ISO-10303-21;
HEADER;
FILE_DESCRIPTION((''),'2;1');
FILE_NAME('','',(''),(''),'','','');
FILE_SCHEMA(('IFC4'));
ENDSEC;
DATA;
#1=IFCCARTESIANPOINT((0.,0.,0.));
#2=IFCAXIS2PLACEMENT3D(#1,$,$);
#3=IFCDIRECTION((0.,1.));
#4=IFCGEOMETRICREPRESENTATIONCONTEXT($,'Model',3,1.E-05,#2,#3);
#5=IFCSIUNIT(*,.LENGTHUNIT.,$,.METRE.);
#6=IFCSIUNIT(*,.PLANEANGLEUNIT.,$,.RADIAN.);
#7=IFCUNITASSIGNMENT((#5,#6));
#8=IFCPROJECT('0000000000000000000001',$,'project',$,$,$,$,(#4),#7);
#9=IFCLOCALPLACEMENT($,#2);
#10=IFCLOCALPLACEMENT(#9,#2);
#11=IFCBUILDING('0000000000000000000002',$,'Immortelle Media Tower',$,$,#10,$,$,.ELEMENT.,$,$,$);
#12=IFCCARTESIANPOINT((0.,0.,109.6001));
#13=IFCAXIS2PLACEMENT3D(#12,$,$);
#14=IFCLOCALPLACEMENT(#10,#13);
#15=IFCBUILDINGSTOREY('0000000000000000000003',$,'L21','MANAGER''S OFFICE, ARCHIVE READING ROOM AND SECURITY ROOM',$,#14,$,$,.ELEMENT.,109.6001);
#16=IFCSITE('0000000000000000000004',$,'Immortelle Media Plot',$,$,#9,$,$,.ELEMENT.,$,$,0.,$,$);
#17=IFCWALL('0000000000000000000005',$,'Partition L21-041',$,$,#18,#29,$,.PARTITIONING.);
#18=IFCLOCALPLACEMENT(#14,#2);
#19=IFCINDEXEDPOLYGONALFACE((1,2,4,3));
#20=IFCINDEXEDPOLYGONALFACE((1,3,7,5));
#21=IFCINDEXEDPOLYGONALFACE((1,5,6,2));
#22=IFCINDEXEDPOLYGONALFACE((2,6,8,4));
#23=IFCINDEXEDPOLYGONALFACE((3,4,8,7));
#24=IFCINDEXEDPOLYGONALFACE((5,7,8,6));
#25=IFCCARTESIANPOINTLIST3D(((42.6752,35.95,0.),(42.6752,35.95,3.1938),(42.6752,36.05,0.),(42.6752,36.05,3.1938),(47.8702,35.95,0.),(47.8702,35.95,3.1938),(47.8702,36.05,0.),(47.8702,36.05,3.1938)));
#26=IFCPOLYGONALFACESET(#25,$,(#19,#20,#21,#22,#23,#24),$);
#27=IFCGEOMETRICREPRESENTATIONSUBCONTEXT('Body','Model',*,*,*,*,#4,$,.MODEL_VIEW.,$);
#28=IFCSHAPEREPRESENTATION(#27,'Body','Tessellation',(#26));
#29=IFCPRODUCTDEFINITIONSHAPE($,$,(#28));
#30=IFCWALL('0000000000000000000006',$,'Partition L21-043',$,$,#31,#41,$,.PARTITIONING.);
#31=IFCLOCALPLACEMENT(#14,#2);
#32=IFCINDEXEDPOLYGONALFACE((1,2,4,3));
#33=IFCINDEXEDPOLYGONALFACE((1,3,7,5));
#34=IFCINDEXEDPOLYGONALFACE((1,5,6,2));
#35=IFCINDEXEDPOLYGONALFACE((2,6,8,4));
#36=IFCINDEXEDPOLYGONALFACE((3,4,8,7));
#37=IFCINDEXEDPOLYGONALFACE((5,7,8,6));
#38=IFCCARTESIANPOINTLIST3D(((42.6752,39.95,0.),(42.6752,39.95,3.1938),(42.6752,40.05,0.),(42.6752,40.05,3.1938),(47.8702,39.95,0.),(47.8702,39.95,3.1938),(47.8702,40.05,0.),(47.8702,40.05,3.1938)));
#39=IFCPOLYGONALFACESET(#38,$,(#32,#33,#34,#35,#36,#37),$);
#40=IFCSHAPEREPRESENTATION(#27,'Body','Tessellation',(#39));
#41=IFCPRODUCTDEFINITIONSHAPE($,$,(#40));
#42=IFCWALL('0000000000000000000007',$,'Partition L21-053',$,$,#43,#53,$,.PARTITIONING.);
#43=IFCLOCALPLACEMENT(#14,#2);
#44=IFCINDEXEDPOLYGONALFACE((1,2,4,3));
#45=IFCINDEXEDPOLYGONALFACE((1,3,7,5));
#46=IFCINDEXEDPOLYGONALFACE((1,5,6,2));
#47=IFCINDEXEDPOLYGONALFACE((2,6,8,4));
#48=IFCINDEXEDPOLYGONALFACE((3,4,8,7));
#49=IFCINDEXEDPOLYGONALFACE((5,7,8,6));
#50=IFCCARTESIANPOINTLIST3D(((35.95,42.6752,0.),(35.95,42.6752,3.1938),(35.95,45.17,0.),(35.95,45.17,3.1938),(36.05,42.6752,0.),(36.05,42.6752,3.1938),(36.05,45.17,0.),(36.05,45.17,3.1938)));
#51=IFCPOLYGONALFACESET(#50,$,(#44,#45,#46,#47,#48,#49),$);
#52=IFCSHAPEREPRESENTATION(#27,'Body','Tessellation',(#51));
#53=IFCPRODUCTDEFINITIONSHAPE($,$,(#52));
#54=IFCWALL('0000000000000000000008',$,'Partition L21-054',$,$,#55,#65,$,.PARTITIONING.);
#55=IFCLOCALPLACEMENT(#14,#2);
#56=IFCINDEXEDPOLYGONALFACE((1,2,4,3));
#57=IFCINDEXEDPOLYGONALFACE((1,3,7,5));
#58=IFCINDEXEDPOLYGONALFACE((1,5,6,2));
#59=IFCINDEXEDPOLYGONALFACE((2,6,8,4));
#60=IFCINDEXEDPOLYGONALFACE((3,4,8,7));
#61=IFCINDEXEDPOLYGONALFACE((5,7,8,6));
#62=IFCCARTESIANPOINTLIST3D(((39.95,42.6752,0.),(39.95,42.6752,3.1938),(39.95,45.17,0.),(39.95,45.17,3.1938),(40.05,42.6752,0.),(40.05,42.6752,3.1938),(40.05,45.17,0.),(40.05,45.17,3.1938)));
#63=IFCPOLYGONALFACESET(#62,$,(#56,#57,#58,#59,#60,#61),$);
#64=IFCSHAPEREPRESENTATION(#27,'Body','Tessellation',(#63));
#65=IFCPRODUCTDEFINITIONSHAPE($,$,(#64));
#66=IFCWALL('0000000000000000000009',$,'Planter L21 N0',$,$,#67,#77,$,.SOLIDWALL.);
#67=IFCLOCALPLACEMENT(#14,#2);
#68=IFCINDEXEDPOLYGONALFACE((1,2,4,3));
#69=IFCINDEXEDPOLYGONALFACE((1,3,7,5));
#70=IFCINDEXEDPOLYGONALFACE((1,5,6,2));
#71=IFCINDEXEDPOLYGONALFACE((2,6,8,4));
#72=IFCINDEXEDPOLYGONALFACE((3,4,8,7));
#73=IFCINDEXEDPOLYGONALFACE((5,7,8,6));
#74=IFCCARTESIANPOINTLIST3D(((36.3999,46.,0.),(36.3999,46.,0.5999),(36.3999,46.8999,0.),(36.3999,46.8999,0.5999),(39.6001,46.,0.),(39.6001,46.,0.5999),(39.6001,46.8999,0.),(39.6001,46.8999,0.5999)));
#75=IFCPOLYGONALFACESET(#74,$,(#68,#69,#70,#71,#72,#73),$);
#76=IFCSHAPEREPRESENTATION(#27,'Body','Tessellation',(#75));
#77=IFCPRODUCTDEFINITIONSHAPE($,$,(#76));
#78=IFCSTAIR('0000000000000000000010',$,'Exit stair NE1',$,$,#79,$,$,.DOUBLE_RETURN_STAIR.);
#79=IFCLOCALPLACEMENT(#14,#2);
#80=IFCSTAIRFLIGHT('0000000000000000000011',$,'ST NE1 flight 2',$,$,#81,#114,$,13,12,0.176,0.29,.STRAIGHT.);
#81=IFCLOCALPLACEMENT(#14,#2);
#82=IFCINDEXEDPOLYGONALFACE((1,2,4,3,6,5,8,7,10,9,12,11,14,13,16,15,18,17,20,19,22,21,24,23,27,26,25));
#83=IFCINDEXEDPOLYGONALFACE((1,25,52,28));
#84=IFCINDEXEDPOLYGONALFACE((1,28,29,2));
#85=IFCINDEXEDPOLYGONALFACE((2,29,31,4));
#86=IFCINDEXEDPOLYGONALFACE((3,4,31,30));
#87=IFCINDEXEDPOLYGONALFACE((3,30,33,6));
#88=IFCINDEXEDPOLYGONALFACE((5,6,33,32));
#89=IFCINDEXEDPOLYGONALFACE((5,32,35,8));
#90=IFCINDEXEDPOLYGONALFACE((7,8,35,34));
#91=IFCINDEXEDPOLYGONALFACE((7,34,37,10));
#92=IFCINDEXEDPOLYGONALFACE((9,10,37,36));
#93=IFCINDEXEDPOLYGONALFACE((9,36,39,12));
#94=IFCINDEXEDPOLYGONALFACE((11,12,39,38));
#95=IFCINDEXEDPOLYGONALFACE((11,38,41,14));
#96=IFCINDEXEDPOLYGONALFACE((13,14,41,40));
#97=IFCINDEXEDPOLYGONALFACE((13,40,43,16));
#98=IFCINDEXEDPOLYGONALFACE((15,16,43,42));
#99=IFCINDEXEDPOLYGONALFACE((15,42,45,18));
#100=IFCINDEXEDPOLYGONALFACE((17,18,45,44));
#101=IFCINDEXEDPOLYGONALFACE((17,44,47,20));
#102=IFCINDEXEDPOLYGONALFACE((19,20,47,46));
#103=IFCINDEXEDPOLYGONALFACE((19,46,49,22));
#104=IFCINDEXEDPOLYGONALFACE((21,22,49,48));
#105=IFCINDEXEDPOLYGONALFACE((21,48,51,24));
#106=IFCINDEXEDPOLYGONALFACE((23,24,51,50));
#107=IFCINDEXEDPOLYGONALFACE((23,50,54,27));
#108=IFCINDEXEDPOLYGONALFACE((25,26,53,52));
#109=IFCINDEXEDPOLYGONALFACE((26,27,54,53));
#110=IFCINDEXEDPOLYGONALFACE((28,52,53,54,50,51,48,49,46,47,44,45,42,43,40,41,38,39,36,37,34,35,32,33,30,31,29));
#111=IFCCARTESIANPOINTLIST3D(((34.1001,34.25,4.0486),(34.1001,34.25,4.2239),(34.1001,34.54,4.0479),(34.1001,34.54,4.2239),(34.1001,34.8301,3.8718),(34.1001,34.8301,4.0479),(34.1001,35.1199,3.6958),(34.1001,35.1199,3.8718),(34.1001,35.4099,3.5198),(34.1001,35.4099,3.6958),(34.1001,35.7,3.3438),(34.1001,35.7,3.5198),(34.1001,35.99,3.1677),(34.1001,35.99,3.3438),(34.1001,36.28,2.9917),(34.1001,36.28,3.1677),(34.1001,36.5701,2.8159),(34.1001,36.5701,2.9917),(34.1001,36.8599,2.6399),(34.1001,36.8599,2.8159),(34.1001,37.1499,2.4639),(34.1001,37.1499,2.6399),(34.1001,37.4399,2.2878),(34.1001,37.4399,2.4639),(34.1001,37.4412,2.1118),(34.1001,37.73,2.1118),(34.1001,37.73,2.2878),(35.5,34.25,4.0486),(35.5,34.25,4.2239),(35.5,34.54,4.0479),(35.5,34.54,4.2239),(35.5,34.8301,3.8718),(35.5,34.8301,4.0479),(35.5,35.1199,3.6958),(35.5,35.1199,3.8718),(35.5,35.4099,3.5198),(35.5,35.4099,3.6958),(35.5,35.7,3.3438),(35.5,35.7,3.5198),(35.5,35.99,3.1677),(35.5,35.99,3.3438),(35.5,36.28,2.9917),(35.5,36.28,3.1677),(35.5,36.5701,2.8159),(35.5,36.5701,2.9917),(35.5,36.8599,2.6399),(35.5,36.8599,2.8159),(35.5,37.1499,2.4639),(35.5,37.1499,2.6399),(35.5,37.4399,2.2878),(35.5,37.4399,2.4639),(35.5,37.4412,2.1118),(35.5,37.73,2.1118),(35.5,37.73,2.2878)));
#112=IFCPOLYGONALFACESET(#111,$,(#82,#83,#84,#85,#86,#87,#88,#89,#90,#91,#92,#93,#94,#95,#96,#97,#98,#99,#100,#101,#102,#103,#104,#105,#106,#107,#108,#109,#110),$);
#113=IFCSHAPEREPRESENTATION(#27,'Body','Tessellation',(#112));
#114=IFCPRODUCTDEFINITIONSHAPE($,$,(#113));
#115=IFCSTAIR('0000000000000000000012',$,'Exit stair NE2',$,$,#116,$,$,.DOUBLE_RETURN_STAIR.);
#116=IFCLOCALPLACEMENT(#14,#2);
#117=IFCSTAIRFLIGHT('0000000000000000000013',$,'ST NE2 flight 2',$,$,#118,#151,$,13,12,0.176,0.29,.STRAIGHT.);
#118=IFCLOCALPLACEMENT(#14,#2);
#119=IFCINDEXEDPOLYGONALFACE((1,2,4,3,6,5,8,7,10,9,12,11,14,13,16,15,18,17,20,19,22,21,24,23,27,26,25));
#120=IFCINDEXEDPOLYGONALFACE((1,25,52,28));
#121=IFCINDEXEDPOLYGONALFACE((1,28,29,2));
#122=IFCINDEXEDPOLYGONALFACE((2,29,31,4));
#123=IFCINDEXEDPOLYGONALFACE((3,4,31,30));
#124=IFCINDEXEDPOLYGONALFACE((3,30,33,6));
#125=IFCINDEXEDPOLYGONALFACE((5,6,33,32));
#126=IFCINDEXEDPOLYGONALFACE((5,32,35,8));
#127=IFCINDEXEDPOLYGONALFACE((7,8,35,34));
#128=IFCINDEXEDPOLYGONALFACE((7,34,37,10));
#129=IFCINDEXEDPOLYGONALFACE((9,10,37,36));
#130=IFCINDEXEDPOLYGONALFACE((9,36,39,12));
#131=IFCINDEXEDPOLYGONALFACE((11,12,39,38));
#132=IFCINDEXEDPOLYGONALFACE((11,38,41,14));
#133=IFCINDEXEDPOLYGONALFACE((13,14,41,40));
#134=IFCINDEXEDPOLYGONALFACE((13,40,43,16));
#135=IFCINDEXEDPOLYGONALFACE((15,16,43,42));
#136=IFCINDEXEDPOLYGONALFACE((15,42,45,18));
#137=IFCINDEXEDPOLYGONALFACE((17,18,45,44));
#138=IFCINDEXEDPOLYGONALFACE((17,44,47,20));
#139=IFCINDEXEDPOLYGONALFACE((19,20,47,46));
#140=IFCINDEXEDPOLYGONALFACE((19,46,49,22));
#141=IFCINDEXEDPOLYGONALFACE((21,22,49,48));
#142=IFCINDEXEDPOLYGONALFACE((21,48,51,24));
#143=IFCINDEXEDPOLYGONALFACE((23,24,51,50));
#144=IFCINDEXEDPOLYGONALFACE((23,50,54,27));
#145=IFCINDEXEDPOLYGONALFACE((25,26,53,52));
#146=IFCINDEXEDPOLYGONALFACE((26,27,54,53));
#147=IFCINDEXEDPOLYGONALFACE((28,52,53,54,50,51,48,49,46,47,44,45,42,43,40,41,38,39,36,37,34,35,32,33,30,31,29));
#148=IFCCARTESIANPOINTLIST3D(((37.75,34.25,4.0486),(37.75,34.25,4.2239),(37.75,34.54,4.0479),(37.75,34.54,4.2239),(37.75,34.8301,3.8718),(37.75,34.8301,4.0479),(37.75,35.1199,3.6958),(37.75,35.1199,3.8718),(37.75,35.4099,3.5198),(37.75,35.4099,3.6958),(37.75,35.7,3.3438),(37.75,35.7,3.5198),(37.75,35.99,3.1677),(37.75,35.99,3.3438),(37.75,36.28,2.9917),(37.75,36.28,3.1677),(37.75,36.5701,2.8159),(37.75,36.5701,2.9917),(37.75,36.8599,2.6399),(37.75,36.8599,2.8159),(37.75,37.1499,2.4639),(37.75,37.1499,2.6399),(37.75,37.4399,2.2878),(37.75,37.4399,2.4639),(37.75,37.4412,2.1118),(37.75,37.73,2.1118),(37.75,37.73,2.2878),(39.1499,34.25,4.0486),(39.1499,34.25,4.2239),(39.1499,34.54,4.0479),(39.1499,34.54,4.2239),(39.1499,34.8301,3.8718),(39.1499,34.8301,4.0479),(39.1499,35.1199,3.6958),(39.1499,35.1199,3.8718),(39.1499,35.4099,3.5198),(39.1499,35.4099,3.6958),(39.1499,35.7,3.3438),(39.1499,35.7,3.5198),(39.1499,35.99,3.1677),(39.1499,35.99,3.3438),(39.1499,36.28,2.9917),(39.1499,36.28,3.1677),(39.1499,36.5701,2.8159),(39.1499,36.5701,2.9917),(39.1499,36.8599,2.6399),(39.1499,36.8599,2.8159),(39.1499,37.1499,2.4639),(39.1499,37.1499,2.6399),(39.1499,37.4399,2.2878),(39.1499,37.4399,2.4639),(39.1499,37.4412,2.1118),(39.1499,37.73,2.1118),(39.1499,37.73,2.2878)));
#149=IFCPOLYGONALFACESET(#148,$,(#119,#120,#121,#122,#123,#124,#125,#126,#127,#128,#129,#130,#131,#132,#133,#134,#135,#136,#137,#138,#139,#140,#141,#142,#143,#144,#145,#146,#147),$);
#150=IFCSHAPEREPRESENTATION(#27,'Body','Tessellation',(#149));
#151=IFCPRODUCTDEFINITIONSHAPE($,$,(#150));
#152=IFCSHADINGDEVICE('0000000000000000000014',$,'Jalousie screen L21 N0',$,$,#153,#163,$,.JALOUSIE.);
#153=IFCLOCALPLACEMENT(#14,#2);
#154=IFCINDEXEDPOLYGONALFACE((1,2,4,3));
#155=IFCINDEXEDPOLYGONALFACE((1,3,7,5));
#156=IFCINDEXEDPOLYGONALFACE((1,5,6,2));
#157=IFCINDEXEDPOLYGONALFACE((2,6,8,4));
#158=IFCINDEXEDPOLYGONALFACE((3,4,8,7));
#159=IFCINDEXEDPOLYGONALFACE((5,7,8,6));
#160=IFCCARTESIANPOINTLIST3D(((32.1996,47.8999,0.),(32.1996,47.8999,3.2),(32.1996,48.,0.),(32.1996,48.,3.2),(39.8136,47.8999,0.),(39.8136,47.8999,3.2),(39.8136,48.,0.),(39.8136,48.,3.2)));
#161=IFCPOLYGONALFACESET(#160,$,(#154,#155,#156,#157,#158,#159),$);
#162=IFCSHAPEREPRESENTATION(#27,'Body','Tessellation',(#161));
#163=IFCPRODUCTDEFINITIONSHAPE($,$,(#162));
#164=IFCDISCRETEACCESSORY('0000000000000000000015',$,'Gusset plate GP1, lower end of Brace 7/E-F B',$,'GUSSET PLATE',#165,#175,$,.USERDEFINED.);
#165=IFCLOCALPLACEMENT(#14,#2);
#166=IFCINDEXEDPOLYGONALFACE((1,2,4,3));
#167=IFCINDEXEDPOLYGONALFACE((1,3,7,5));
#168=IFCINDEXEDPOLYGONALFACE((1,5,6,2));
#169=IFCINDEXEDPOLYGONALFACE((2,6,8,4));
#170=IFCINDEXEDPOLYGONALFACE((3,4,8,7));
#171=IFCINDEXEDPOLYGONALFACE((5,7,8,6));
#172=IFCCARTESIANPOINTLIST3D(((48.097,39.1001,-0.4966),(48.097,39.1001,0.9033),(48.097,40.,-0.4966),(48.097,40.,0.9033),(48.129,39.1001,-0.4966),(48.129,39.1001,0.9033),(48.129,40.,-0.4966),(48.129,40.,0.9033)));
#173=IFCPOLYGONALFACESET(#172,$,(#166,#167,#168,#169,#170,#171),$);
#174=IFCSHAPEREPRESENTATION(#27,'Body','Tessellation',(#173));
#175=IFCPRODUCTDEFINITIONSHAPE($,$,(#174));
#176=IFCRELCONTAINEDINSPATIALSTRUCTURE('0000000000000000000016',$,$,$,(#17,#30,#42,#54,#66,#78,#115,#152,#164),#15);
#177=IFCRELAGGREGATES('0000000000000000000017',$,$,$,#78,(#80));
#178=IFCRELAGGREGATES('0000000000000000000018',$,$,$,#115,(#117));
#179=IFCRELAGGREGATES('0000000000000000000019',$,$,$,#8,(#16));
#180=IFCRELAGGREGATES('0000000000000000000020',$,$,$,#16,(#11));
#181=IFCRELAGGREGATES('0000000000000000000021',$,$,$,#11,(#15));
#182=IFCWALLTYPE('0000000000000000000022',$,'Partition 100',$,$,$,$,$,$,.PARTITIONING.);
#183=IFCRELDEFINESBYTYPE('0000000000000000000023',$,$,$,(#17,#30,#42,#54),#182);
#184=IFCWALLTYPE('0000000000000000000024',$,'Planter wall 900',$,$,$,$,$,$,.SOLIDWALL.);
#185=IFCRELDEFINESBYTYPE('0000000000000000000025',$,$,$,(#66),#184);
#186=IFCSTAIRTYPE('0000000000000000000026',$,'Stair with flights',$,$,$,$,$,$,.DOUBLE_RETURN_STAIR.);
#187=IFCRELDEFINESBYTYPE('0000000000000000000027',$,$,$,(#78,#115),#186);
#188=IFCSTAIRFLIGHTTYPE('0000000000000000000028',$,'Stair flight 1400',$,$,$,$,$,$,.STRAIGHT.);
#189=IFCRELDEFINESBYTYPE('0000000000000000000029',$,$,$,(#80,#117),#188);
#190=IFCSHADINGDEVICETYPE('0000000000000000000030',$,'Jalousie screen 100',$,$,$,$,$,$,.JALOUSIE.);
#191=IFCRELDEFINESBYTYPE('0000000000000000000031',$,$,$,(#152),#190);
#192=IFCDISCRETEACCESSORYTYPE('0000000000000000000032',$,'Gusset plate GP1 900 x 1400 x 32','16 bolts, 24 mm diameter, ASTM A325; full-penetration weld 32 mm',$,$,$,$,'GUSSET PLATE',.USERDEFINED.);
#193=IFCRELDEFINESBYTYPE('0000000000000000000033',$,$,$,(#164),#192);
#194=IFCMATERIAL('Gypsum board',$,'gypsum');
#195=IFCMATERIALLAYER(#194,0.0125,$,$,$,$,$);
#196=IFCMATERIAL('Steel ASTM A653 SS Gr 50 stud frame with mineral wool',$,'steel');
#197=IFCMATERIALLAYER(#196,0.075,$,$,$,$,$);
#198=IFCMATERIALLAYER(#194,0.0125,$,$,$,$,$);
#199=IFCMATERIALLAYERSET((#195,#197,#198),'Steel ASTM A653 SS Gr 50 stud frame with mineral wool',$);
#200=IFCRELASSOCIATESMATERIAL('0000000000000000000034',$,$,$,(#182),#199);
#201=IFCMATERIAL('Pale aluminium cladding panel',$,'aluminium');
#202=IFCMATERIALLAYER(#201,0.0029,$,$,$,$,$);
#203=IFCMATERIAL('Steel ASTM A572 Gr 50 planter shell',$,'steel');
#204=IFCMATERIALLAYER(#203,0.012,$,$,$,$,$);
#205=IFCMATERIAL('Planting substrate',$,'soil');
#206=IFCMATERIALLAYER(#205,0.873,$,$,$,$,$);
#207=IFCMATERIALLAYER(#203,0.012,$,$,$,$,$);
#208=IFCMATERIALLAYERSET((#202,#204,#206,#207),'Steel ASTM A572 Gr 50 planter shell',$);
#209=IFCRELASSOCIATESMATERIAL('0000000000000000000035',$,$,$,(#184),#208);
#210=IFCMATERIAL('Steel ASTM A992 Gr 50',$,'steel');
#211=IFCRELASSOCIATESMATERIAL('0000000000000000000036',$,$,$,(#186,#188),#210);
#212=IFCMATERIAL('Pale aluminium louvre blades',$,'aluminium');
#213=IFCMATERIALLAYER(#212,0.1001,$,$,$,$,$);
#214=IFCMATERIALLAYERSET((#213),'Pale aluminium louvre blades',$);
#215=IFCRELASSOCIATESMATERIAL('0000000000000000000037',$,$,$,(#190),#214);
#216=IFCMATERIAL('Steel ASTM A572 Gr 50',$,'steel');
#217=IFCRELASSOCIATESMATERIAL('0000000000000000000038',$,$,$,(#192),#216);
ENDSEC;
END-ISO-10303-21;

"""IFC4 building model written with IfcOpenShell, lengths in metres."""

from ifc_helpers import new_model, si_unit, direction, frame, frame_2d, origin, origin_2d, place, context, subcontext, project, spatial, polyline, rectangle, outline, extrude, material, layer, layer_set, material_profile, profile_set, type_object, element, aggregate, save


model = new_model("IFC4")

# Units and contexts
model_context = context("Model", 3, precision=1e-05, world=origin(), true_north=direction((0.0, 1.0)))
body_context = subcontext(model_context, "Body", "Model", "MODEL_VIEW")
ifc_project = project(units=[si_unit("LENGTHUNIT", "METRE"), si_unit("PLANEANGLEUNIT", "RADIAN")], contexts=[model_context])

# Site, building, storey
site_placement = place(None, origin())
site = spatial("IfcSite", under=ifc_project, at=site_placement, Name="Immortelle Media Plot", CompositionType="ELEMENT", RefElevation=0.0)
building_placement = place(site_placement, origin())
building = spatial("IfcBuilding", under=site, at=building_placement, Name="Immortelle Media Tower", CompositionType="ELEMENT")
storey_placement = place(building_placement, frame((0.0, 0.0, 109.6001)))
storey = spatial("IfcBuildingStorey", under=building, at=storey_placement, Name="L21", Description="MANAGER'S OFFICE, ARCHIVE READING ROOM AND SECURITY ROOM", CompositionType="ELEMENT", Elevation=109.6001)

# Shared definitions
ifc_material_1 = material(Name="Steel ASTM A992 Gr 50", Category="steel")

# Shared definitions
ifc_material_2 = material(Name="Pale aluminium cladding panel", Category="aluminium")
ifc_material_3 = material(Name="Steel ASTM A653 SS Gr 50 stud frame with mineral wool", Category="steel")

# Walls
ifc_material_4 = material(Name="Gypsum board", Category="gypsum")
ifc_layer_1 = layer(ifc_material_4, 0.0125)
ifc_layer_2 = layer(ifc_material_3, 0.075)
ifc_layer_3 = layer(ifc_material_4, 0.0125)
ifc_layer_set_1 = layer_set([ifc_layer_1, ifc_layer_2, ifc_layer_3], Name="Steel ASTM A653 SS Gr 50 stud frame with mineral wool")
wall_type_1 = type_object("IfcWallType", Name="Partition 100", PredefinedType="PARTITIONING", material=ifc_layer_set_1)
for number, where, z_axis, x_axis, name in (
    (1, (42.675, 36.0, 0.0), (0.0, 0.0, 1.0), (1.0, 0.0, 0.0), "Partition L21-041"),
    (2, (42.675, 40.0, 0.0), (0.0, 0.0, 1.0), (1.0, 0.0, 0.0), "Partition L21-043"),
):
    element("IfcWall", number, at=place(storey_placement, frame(where, z_axis=z_axis, x_axis=x_axis)), inside=storey, type_object=wall_type_1, Name=name, PredefinedType="PARTITIONING", context=body_context, shape_type="SweptSolid", body=[
        extrude(rectangle(XDim=5.1951, YDim=0.1001, at=frame_2d((2.5977, 0.0))), origin(), (0.0, 0.0, 1.0), 3.1938),
    ])
for number, where, z_axis, x_axis, name in (
    (3, (36.0, 42.675, 0.0), (0.0, 0.0, 1.0), (0.0, 1.0, 0.0), "Partition L21-053"),
    (4, (40.0, 42.675, 0.0), (0.0, 0.0, 1.0), (0.0, 1.0, 0.0), "Partition L21-054"),
):
    element("IfcWall", number, at=place(storey_placement, frame(where, z_axis=z_axis, x_axis=x_axis)), inside=storey, type_object=wall_type_1, Name=name, PredefinedType="PARTITIONING", context=body_context, shape_type="SweptSolid", body=[
        extrude(rectangle(XDim=2.4949, YDim=0.1001, at=frame_2d((1.2476, 0.0))), origin(), (0.0, 0.0, 1.0), 3.1938),
    ])
ifc_layer_4 = layer(ifc_material_2, 0.0029)
ifc_material_5 = material(Name="Steel ASTM A572 Gr 50 planter shell", Category="steel")
ifc_layer_5 = layer(ifc_material_5, 0.012)
ifc_material_6 = material(Name="Planting substrate", Category="soil")
ifc_layer_6 = layer(ifc_material_6, 0.873)
ifc_layer_7 = layer(ifc_material_5, 0.012)
ifc_layer_set_2 = layer_set([ifc_layer_4, ifc_layer_5, ifc_layer_6, ifc_layer_7], Name="Steel ASTM A572 Gr 50 planter shell")
wall_type_2 = type_object("IfcWallType", Name="Planter wall 900", PredefinedType="SOLIDWALL", material=ifc_layer_set_2)
wall_1_placement = place(storey_placement, frame((39.6001, 46.45, 0.0), z_axis=(0.0, 0.0, 1.0), x_axis=(-1.0, 0.0, 0.0)))
element("IfcWall", 5, at=wall_1_placement, inside=storey, type_object=wall_type_2, Name="Planter L21 N0", PredefinedType="SOLIDWALL", context=body_context, shape_type="SweptSolid", body=[
    extrude(rectangle(XDim=3.2002, YDim=0.8999, at=frame_2d((1.6001, 0.0))), origin(), (0.0, 0.0, 1.0), 0.5999),
])

# Stairs, stair flights
stair_type = type_object("IfcStairType", Name="Stair with flights", PredefinedType="DOUBLE_RETURN_STAIR", material=ifc_material_1)
stair_1_placement = place(storey_placement, origin())
stair_1 = element("IfcStair", 6, at=stair_1_placement, inside=storey, type_object=stair_type, Name="Exit stair NE1", PredefinedType="DOUBLE_RETURN_STAIR")
stair_flight_type = type_object("IfcStairFlightType", Name="Stair flight 1400", PredefinedType="STRAIGHT", material=ifc_material_1)
stair_flight_1_placement = place(storey_placement, frame((34.8, 37.73, 2.1118), z_axis=(0.0, 0.0, 1.0), x_axis=(0.0, -1.0, 0.0)))
stair_flight_1 = element("IfcStairFlight", 7, at=stair_flight_1_placement, type_object=stair_flight_type, Name="ST NE1 flight 2", NumberOfRisers=13, NumberOfTreads=12, PredefinedType="STRAIGHT", RiserHeight=0.176, TreadLength=0.29, context=body_context, shape_type="SweptSolid", body=[
    extrude(outline(polyline([(0.0, 0.0), (0.0, 0.176), (0.29, 0.176), (0.29, 0.3521), (0.5801, 0.3521), (0.5801, 0.5281), (0.8701, 0.5281), (0.8701, 0.7041), (1.1599, 0.7041), (1.1599, 0.8799), (1.45, 0.8799), (1.45, 1.0559), (1.74, 1.0559), (1.74, 1.2319), (2.03, 1.2319), (2.03, 1.408), (2.3201, 1.408), (2.3201, 1.584), (2.6101, 1.584), (2.6101, 1.76), (2.8999, 1.76), (2.8999, 1.936), (3.1899, 1.936), (3.1899, 2.1121), (3.48, 2.1121), (3.48, 2.2881), (3.48, 1.9368), (0.2888, 0.0), (0.0, 0.0)])), frame((0.0, 0.7, 0.0), z_axis=(0.0, -1.0, 0.0), x_axis=(1.0, 0.0, 0.0)), (0.0, 0.0, 1.0), 1.3999),
])
aggregate(stair_1, [stair_flight_1])
stair_2_placement = place(storey_placement, origin())
stair_2 = element("IfcStair", 8, at=stair_2_placement, inside=storey, type_object=stair_type, Name="Exit stair NE2", PredefinedType="DOUBLE_RETURN_STAIR")
stair_flight_2_placement = place(storey_placement, frame((38.45, 37.73, 2.1118), z_axis=(0.0, 0.0, 1.0), x_axis=(0.0, -1.0, 0.0)))
stair_flight_2 = element("IfcStairFlight", 9, at=stair_flight_2_placement, type_object=stair_flight_type, Name="ST NE2 flight 2", NumberOfRisers=13, NumberOfTreads=12, PredefinedType="STRAIGHT", RiserHeight=0.176, TreadLength=0.29, context=body_context, shape_type="SweptSolid", body=[
    extrude(outline(polyline([(0.0, 0.0), (0.0, 0.176), (0.29, 0.176), (0.29, 0.3521), (0.5801, 0.3521), (0.5801, 0.5281), (0.8701, 0.5281), (0.8701, 0.7041), (1.1599, 0.7041), (1.1599, 0.8799), (1.45, 0.8799), (1.45, 1.0559), (1.74, 1.0559), (1.74, 1.2319), (2.03, 1.2319), (2.03, 1.408), (2.3201, 1.408), (2.3201, 1.584), (2.6101, 1.584), (2.6101, 1.76), (2.8999, 1.76), (2.8999, 1.936), (3.1899, 1.936), (3.1899, 2.1121), (3.48, 2.1121), (3.48, 2.2881), (3.48, 1.9368), (0.2888, 0.0), (0.0, 0.0)])), frame((0.0, 0.7, 0.0), z_axis=(0.0, -1.0, 0.0), x_axis=(1.0, 0.0, 0.0)), (0.0, 0.0, 1.0), 1.3999),
])
aggregate(stair_2, [stair_flight_2])

# Shading device
ifc_material_7 = material(Name="Pale aluminium louvre blades", Category="aluminium")
ifc_layer_8 = layer(ifc_material_7, 0.1001)
ifc_layer_set_3 = layer_set([ifc_layer_8], Name="Pale aluminium louvre blades")
shading_device_type = type_object("IfcShadingDeviceType", Name="Jalousie screen 100", PredefinedType="JALOUSIE", material=ifc_layer_set_3)
shading_device_placement = place(storey_placement, frame((36.0066, 47.95, 0.0), z_axis=(0.0, 0.0, 1.0), x_axis=(-1.0, 0.0, 0.0)))
element("IfcShadingDevice", 10, at=shading_device_placement, inside=storey, type_object=shading_device_type, Name="Jalousie screen L21 N0", PredefinedType="JALOUSIE", context=body_context, shape_type="SweptSolid", body=[
    extrude(rectangle(XDim=7.614, YDim=0.1001, at=origin_2d()), origin(), (0.0, 0.0, 1.0), 3.2),
])

# Discrete accessory
ifc_material_8 = material(Name="Steel ASTM A572 Gr 50", Category="steel")
ifc_material_profile_1 = material_profile(ifc_material_8, rectangle(XDim=0.032, YDim=1.3999, at=origin_2d()), Name="PL 32 x 1400")
ifc_profile_set_1 = profile_set([ifc_material_profile_1], Name="Steel ASTM A572 Gr 50")
discrete_accessory_type = type_object("IfcDiscreteAccessoryType", Name="Gusset plate GP1 900 x 1400 x 32", Description="16 bolts, 24 mm diameter, ASTM A325; full-penetration weld 32 mm", ElementType="GUSSET PLATE", PredefinedType="USERDEFINED", material=ifc_profile_set_1)
discrete_accessory_placement = place(storey_placement, frame((48.113, 40.0, 0.2034), z_axis=(0.0, -1.0, 0.0), x_axis=(1.0, 0.0, 0.0)))
element("IfcDiscreteAccessory", 11, at=discrete_accessory_placement, inside=storey, type_object=discrete_accessory_type, Name="Gusset plate GP1, lower end of Brace 7/E-F B", ObjectType="GUSSET PLATE", PredefinedType="USERDEFINED", context=body_context, shape_type="SweptSolid", body=[
    extrude(rectangle(XDim=0.032, YDim=1.3999, at=origin_2d()), origin(), (0.0, 0.0, 1.0), 0.8999),
])

save(model, "model.ifc")
